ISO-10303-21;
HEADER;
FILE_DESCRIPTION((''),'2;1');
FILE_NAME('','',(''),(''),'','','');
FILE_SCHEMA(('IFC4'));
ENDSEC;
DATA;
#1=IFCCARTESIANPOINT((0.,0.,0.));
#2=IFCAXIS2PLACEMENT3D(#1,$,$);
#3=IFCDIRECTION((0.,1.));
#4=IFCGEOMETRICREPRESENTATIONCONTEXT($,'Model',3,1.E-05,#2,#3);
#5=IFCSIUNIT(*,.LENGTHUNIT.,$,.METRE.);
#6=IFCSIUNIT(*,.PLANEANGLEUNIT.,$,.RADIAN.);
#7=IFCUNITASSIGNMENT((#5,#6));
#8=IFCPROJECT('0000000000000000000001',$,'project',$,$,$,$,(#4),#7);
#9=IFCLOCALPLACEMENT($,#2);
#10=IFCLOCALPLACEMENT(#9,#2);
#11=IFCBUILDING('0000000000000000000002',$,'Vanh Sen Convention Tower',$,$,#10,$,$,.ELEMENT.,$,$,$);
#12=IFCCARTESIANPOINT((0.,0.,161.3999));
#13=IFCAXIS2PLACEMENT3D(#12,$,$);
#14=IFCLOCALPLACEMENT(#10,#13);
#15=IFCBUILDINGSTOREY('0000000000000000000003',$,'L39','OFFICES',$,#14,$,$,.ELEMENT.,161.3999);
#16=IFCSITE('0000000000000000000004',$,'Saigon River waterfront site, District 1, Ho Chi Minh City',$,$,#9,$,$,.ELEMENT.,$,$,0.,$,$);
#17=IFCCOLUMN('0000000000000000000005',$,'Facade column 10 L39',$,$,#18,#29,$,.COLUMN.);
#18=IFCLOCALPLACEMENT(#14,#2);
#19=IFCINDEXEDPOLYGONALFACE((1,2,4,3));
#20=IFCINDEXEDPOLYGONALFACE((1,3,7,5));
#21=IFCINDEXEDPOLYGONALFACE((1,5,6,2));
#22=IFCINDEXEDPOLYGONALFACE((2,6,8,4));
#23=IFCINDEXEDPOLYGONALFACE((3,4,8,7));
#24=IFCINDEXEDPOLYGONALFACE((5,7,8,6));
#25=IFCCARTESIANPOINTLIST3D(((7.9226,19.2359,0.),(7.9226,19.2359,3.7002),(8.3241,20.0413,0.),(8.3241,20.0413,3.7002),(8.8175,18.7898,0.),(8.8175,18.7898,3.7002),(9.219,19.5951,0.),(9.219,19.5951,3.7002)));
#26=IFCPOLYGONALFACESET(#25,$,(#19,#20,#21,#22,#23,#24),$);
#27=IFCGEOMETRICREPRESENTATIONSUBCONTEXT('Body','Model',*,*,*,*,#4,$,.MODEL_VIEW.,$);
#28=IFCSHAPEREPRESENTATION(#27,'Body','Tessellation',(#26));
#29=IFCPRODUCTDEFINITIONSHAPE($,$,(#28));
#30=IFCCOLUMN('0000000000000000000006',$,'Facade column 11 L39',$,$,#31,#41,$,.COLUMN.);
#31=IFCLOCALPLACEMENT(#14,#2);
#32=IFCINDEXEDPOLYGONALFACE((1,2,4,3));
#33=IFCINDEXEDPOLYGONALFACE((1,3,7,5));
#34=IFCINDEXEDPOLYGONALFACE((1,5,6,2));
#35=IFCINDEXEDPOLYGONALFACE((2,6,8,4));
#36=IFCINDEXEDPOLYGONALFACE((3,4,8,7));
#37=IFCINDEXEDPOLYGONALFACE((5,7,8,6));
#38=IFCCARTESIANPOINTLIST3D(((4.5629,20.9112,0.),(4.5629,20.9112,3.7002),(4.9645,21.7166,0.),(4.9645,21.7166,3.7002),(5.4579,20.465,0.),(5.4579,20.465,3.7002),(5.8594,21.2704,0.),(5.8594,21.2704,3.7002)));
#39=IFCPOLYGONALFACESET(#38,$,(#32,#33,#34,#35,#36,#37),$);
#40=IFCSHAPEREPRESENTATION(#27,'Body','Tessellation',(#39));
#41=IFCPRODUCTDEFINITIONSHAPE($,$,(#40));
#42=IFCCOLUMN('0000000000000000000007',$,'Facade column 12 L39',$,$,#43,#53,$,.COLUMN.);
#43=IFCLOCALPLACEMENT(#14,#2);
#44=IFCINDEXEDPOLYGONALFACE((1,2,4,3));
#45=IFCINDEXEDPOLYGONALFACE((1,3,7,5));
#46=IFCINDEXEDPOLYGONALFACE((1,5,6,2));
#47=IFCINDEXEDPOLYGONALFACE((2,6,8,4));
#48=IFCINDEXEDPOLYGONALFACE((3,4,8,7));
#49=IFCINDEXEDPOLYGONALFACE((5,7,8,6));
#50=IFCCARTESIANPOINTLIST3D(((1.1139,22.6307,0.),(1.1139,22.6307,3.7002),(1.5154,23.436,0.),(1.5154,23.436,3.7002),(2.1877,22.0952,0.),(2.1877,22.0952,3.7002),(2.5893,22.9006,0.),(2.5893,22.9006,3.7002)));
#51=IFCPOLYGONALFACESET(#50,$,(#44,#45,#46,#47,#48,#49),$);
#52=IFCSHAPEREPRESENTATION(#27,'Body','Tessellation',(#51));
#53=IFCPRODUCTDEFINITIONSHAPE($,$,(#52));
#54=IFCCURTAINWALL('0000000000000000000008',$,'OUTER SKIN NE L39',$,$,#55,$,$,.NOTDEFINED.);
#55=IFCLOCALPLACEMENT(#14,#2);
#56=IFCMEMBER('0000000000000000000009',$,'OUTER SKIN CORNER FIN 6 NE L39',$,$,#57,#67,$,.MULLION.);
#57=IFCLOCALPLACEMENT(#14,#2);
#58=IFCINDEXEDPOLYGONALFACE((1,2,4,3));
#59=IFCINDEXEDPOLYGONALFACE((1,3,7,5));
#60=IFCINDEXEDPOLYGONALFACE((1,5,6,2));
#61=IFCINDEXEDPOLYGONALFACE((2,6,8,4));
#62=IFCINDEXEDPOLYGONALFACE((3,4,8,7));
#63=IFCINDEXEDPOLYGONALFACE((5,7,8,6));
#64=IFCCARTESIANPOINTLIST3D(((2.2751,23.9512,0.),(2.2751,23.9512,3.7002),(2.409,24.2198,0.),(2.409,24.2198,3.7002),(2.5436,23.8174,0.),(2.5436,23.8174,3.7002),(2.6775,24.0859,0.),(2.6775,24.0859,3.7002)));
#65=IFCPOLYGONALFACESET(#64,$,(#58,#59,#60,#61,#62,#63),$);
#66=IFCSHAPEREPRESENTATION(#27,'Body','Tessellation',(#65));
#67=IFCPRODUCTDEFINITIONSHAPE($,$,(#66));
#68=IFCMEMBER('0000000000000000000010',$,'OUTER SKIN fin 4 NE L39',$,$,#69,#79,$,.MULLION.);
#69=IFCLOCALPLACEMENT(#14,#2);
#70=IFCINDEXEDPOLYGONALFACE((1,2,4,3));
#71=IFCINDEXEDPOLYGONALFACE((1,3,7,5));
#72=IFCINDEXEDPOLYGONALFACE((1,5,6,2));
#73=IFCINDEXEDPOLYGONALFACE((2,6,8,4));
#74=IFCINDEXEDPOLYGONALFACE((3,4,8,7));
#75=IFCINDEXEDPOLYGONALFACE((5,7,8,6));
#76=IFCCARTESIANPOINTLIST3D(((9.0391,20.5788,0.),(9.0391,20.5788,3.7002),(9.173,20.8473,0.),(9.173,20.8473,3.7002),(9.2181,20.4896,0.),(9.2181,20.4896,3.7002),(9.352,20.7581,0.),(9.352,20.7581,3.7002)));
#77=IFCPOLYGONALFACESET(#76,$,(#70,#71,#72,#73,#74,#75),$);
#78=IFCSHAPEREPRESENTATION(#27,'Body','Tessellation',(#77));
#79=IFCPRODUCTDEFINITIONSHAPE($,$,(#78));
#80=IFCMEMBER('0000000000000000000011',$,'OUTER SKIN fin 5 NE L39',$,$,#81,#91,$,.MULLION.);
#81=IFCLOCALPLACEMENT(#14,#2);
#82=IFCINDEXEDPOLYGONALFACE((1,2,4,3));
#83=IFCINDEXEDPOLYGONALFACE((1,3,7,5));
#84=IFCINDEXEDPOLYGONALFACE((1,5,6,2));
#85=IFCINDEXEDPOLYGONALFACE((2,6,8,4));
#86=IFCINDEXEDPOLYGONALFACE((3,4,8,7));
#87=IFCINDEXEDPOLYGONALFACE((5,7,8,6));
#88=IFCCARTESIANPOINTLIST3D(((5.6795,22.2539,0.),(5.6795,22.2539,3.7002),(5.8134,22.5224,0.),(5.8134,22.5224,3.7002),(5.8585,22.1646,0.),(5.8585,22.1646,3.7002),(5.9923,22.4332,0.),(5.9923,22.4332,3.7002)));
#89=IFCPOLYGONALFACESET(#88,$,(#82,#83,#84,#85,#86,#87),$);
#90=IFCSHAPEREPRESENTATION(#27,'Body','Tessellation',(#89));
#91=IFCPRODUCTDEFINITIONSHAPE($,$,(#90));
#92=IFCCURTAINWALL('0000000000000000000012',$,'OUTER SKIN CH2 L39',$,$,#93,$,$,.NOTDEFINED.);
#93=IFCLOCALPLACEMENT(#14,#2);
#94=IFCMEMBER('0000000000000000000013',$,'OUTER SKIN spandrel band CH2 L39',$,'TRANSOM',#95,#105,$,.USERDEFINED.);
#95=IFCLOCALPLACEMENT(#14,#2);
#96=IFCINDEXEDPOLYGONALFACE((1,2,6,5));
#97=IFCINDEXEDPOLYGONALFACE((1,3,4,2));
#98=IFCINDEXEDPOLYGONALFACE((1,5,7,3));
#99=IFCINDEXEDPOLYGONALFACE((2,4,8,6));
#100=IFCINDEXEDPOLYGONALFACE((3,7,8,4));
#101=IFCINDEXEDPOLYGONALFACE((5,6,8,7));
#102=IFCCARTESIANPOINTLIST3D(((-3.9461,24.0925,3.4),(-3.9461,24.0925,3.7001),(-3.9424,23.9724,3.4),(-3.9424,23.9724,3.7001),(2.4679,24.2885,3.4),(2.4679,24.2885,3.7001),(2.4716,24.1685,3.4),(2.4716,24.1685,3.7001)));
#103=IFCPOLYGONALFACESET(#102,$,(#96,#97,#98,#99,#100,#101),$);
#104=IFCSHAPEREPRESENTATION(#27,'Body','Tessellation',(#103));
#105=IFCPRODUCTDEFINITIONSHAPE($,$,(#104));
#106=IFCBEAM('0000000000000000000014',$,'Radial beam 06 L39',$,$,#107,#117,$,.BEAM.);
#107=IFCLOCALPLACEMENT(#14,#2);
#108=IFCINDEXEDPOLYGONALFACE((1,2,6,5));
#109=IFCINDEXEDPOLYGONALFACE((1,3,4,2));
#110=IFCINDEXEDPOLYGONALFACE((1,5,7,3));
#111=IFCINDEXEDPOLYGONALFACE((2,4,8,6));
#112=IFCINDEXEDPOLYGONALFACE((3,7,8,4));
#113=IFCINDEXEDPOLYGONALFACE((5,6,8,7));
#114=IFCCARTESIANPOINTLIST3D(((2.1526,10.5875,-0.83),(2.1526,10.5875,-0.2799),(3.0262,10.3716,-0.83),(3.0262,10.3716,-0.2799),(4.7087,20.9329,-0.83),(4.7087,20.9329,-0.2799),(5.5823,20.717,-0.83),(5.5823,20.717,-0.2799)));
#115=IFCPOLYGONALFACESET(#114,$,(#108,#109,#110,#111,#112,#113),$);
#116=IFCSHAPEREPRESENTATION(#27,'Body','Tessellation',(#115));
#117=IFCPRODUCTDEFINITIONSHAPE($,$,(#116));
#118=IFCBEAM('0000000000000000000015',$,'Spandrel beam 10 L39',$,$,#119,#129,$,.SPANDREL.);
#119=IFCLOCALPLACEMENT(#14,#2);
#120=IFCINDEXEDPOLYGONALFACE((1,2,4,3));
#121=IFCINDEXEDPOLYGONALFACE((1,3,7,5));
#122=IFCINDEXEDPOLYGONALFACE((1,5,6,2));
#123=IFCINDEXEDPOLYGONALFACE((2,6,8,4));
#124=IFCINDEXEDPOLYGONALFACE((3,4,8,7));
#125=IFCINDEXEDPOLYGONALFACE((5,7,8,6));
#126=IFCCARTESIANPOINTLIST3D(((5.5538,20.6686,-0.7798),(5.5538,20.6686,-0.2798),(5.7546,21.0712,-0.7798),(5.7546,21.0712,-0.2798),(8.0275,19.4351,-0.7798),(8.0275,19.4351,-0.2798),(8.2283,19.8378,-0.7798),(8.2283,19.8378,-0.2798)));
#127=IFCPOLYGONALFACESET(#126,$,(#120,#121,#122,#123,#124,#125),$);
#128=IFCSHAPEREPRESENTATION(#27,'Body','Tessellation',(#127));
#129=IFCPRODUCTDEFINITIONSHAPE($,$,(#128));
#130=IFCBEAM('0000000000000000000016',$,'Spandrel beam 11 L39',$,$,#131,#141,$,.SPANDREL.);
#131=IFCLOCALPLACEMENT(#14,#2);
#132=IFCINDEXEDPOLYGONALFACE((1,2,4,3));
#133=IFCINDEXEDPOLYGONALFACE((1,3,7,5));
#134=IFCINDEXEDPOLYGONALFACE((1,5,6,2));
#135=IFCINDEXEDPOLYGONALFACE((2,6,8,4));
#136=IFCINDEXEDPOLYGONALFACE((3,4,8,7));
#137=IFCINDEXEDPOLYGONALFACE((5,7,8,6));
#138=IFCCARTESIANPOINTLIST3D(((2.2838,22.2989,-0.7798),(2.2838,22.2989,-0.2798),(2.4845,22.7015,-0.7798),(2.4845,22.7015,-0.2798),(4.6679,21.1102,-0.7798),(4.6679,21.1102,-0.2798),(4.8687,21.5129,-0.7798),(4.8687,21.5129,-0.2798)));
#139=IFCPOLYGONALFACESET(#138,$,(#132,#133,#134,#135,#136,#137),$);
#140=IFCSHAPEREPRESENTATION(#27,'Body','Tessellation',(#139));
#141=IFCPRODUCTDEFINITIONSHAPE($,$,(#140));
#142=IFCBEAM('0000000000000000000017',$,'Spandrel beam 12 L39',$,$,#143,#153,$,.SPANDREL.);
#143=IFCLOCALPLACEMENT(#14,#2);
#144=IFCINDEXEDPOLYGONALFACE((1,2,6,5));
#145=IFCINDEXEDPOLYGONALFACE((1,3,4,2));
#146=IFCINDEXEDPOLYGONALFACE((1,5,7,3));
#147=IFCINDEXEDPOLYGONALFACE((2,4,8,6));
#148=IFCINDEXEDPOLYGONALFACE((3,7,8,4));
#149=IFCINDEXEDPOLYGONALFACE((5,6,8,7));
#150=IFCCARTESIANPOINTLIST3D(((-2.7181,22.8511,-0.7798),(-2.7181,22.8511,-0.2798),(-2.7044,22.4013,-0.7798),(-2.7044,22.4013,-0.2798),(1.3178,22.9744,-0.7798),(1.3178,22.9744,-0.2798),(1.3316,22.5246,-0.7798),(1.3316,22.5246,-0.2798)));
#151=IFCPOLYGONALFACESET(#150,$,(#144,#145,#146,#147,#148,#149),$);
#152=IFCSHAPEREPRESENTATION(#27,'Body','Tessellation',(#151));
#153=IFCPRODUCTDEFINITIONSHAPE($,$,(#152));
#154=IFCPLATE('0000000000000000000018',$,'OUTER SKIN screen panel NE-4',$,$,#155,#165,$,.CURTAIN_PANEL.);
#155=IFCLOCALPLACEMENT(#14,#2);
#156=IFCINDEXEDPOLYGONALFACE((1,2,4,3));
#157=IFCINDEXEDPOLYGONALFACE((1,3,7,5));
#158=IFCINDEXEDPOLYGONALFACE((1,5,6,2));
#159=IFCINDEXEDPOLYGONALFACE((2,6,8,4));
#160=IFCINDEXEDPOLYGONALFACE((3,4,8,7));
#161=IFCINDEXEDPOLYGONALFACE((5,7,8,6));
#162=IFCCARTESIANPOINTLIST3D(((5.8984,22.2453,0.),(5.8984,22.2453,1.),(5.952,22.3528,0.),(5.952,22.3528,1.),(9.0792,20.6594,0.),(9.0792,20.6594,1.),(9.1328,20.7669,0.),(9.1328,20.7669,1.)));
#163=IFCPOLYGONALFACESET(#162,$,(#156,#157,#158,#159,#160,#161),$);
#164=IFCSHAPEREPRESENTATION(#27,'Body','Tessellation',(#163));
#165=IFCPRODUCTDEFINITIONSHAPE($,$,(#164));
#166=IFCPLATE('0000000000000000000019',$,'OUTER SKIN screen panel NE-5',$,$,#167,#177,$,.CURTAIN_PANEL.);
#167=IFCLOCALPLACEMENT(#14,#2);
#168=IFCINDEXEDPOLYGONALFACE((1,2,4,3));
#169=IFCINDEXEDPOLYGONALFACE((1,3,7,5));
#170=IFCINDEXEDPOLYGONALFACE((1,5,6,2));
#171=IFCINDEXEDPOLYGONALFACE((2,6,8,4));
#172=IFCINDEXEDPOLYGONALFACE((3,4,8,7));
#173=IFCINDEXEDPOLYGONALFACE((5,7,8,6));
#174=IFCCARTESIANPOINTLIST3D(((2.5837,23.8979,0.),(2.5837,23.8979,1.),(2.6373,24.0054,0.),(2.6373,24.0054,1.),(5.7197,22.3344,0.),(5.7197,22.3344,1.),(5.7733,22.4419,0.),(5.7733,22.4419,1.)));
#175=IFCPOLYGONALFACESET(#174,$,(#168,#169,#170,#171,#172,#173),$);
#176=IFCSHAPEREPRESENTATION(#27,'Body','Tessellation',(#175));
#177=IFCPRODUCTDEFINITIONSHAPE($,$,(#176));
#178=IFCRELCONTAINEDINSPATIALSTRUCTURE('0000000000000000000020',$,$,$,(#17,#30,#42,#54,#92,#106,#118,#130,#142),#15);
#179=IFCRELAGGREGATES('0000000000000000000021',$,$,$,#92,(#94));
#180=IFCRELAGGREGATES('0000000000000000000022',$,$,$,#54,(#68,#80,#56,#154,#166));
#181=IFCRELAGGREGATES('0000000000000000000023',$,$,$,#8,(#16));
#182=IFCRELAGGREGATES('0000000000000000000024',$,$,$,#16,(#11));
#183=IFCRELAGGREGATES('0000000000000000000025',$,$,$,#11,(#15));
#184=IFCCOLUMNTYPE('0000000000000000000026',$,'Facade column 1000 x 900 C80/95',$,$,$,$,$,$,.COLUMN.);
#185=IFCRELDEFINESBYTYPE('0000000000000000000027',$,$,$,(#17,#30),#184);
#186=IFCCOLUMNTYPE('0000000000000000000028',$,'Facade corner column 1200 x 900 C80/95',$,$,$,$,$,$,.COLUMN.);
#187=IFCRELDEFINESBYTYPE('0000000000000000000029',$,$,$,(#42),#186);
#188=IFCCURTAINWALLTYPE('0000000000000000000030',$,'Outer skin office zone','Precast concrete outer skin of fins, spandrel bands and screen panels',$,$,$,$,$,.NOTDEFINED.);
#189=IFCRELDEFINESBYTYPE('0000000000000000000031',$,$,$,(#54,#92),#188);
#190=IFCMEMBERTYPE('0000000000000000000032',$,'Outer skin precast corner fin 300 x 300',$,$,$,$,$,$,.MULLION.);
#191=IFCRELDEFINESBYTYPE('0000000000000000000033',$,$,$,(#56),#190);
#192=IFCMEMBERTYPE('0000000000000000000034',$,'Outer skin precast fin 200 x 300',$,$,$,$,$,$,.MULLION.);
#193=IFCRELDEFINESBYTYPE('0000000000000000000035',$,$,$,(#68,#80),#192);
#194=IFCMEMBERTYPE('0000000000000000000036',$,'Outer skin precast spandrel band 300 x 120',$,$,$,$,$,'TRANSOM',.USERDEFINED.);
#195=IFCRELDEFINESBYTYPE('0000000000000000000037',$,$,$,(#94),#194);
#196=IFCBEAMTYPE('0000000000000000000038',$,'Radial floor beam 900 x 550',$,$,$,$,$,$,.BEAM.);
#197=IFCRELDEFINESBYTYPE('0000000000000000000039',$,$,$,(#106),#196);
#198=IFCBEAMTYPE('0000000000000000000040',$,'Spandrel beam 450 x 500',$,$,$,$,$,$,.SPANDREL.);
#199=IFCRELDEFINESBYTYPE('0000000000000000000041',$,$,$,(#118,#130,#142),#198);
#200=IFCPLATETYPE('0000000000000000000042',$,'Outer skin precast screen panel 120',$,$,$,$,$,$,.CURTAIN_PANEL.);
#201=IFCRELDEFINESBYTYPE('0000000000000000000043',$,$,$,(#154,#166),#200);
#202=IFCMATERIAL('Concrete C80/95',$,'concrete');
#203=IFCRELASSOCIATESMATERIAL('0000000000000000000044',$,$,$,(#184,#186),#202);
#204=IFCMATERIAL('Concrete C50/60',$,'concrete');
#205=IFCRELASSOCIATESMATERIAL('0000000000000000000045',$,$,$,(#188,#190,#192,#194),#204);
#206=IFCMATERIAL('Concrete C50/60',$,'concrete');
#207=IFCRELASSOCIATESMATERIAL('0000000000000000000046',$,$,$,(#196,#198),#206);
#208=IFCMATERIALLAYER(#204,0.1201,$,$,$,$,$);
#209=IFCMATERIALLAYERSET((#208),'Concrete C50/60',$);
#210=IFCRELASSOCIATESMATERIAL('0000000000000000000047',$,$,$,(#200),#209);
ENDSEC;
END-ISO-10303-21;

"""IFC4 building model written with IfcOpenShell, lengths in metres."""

from ifc_helpers import new_model, si_unit, direction, frame, origin, origin_2d, place, context, subcontext, project, spatial, rectangle, extrude, material, layer, layer_set, material_profile, profile_set, type_object, element, aggregate, save


model = new_model("IFC4")

# Units and contexts
model_context = context("Model", 3, precision=1e-05, world=origin(), true_north=direction((0.0, 1.0)))
body_context = subcontext(model_context, "Body", "Model", "MODEL_VIEW")
ifc_project = project(units=[si_unit("LENGTHUNIT", "METRE"), si_unit("PLANEANGLEUNIT", "RADIAN")], contexts=[model_context])

# Site, building, storey
site_placement = place(None, origin())
site = spatial("IfcSite", under=ifc_project, at=site_placement, Name="Saigon River waterfront site, District 1, Ho Chi Minh City", CompositionType="ELEMENT", RefElevation=0.0)
building_placement = place(site_placement, origin())
building = spatial("IfcBuilding", under=site, at=building_placement, Name="Vanh Sen Convention Tower", CompositionType="ELEMENT")
storey_placement = place(building_placement, frame((0.0, 0.0, 161.3999)))
storey = spatial("IfcBuildingStorey", under=building, at=storey_placement, Name="L39", Description="OFFICES", CompositionType="ELEMENT", Elevation=161.3999)

# Columns
ifc_material_1 = material(Name="Concrete C80/95", Category="concrete")
ifc_material_profile_1 = material_profile(ifc_material_1, rectangle(XDim=1.0, YDim=0.8999, at=origin_2d()), Name="RC 1000X900")
ifc_profile_set_1 = profile_set([ifc_material_profile_1], Name="Concrete C80/95")
column_type_1 = type_object("IfcColumnType", Name="Facade column 1000 x 900 C80/95", PredefinedType="COLUMN", material=ifc_profile_set_1)
for number, where, z_axis, x_axis, name in (
    (1, (8.5708, 19.4155, 0.0), (0.0, 0.0, 1.0), (-0.894934, 0.446198, 0.0), "Facade column 10 L39"),
    (2, (5.2112, 21.0908, 0.0), (0.0, 0.0, 1.0), (-0.894934, 0.446198, 0.0), "Facade column 11 L39"),
):
    element("IfcColumn", number, at=place(storey_placement, frame(where, z_axis=z_axis, x_axis=x_axis)), inside=storey, type_object=column_type_1, Name=name, PredefinedType="COLUMN", context=body_context, shape_type="SweptSolid", body=[
        extrude(rectangle(XDim=1.0, YDim=0.8999, at=origin_2d()), origin(), (0.0, 0.0, 1.0), 3.7002),
    ])
ifc_material_profile_2 = material_profile(ifc_material_1, rectangle(XDim=1.2, YDim=0.8999, at=origin_2d()), Name="RC 1200X900")
ifc_profile_set_2 = profile_set([ifc_material_profile_2], Name="Concrete C80/95")
column_type_2 = type_object("IfcColumnType", Name="Facade corner column 1200 x 900 C80/95", PredefinedType="COLUMN", material=ifc_profile_set_2)
column_placement = place(storey_placement, frame((1.8516, 22.7656, 0.0), z_axis=(0.0, 0.0, 1.0), x_axis=(-0.894934, 0.446198, 0.0)))
element("IfcColumn", 3, at=column_placement, inside=storey, type_object=column_type_2, Name="Facade column 12 L39", PredefinedType="COLUMN", context=body_context, shape_type="SweptSolid", body=[
    extrude(rectangle(XDim=1.2, YDim=0.8999, at=origin_2d()), origin(), (0.0, 0.0, 1.0), 3.7002),
])

# Curtain wall, members
ifc_material_2 = material(Name="Concrete C50/60", Category="concrete")
curtain_wall_type = type_object("IfcCurtainWallType", Name="Outer skin office zone", Description="Precast concrete outer skin of fins, spandrel bands and screen panels", PredefinedType="NOTDEFINED", material=ifc_material_2)
curtain_wall_1_placement = place(storey_placement, origin())
curtain_wall_1 = element("IfcCurtainWall", 4, at=curtain_wall_1_placement, inside=storey, type_object=curtain_wall_type, Name="OUTER SKIN NE L39", PredefinedType="NOTDEFINED")
ifc_material_profile_3 = material_profile(ifc_material_2, rectangle(XDim=0.3, YDim=0.3, at=origin_2d()), Name="Outer skin precast corner fin 300 x 300")
ifc_profile_set_3 = profile_set([ifc_material_profile_3], Name="Concrete C50/60")
member_type_1 = type_object("IfcMemberType", Name="Outer skin precast corner fin 300 x 300", PredefinedType="MULLION", material=ifc_profile_set_3)
member_1_placement = place(storey_placement, frame((2.4763, 24.0186, 0.0), z_axis=(0.0, 0.0, 1.0), x_axis=(-0.894934, 0.446198, 0.0)))
member_1 = element("IfcMember", 5, at=member_1_placement, type_object=member_type_1, Name="OUTER SKIN CORNER FIN 6 NE L39", PredefinedType="MULLION", context=body_context, shape_type="SweptSolid", body=[
    extrude(rectangle(XDim=0.3, YDim=0.3, at=origin_2d()), origin(), (0.0, 0.0, 1.0), 3.7002),
])
ifc_material_profile_4 = material_profile(ifc_material_2, rectangle(XDim=0.2, YDim=0.3, at=origin_2d()), Name="Outer skin precast fin 200 x 300")
ifc_profile_set_4 = profile_set([ifc_material_profile_4], Name="Concrete C50/60")
member_type_2 = type_object("IfcMemberType", Name="Outer skin precast fin 200 x 300", PredefinedType="MULLION", material=ifc_profile_set_4)
member_2_placement = place(storey_placement, frame((9.1956, 20.6685, 0.0), z_axis=(0.0, 0.0, 1.0), x_axis=(-0.894934, 0.446198, 0.0)))
member_2 = element("IfcMember", 6, at=member_2_placement, type_object=member_type_2, Name="OUTER SKIN fin 4 NE L39", PredefinedType="MULLION", context=body_context, shape_type="SweptSolid", body=[
    extrude(rectangle(XDim=0.2, YDim=0.3, at=origin_2d()), origin(), (0.0, 0.0, 1.0), 3.7002),
])
member_3_placement = place(storey_placement, frame((5.8359, 22.3435, 0.0), z_axis=(0.0, 0.0, 1.0), x_axis=(-0.894934, 0.446198, 0.0)))
member_3 = element("IfcMember", 7, at=member_3_placement, type_object=member_type_2, Name="OUTER SKIN fin 5 NE L39", PredefinedType="MULLION", context=body_context, shape_type="SweptSolid", body=[
    extrude(rectangle(XDim=0.2, YDim=0.3, at=origin_2d()), origin(), (0.0, 0.0, 1.0), 3.7002),
])

# Curtain wall, member
curtain_wall_2_placement = place(storey_placement, origin())
curtain_wall_2 = element("IfcCurtainWall", 8, at=curtain_wall_2_placement, inside=storey, type_object=curtain_wall_type, Name="OUTER SKIN CH2 L39", PredefinedType="NOTDEFINED")
ifc_material_profile_5 = material_profile(ifc_material_2, rectangle(XDim=0.1201, YDim=0.3, at=origin_2d()), Name="Outer skin precast spandrel band 300 x 120")
ifc_profile_set_5 = profile_set([ifc_material_profile_5], Name="Concrete C50/60")
member_type_3 = type_object("IfcMemberType", Name="Outer skin precast spandrel band 300 x 120", ElementType="TRANSOM", PredefinedType="USERDEFINED", material=ifc_profile_set_5)
member_4_placement = place(storey_placement, frame((2.4697, 24.2285, 3.55), z_axis=(-0.999533, -0.030551, 0.0), x_axis=(0.030551, -0.999533, 0.0)))
member_4 = element("IfcMember", 9, at=member_4_placement, type_object=member_type_3, Name="OUTER SKIN spandrel band CH2 L39", ObjectType="TRANSOM", PredefinedType="USERDEFINED", context=body_context, shape_type="SweptSolid", body=[
    extrude(rectangle(XDim=0.1201, YDim=0.3, at=origin_2d()), origin(), (0.0, 0.0, 1.0), 6.417),
])
aggregate(curtain_wall_2, [member_4])

# Beams
ifc_material_3 = material(Name="Concrete C50/60", Category="concrete")
ifc_material_profile_6 = material_profile(ifc_material_3, rectangle(XDim=0.8999, YDim=0.55, at=origin_2d()), Name="RC 900X550")
ifc_profile_set_6 = profile_set([ifc_material_profile_6], Name="Concrete C50/60")
beam_type_1 = type_object("IfcBeamType", Name="Radial floor beam 900 x 550", PredefinedType="BEAM", material=ifc_profile_set_6)
beam_1_placement = place(storey_placement, frame((5.1455, 20.825, -0.5549), z_axis=(-0.239866, -0.970806, 0.0), x_axis=(0.970806, -0.239866, 0.0)))
element("IfcBeam", 10, at=beam_1_placement, inside=storey, type_object=beam_type_1, Name="Radial beam 06 L39", PredefinedType="BEAM", context=body_context, shape_type="SweptSolid", body=[
    extrude(rectangle(XDim=0.8999, YDim=0.55, at=origin_2d()), origin(), (0.0, 0.0, 1.0), 10.6565),
])
ifc_material_profile_7 = material_profile(ifc_material_3, rectangle(XDim=0.45, YDim=0.5, at=origin_2d()), Name="RC 450X500")
ifc_profile_set_7 = profile_set([ifc_material_profile_7], Name="Concrete C50/60")
beam_type_2 = type_object("IfcBeamType", Name="Spandrel beam 450 x 500", PredefinedType="SPANDREL", material=ifc_profile_set_7)
beam_2_placement = place(storey_placement, frame((8.1279, 19.6365, -0.5298), z_axis=(-0.894921, 0.446224, 0.0), x_axis=(-0.446224, -0.894921, 0.0)))
element("IfcBeam", 11, at=beam_2_placement, inside=storey, type_object=beam_type_2, Name="Spandrel beam 10 L39", PredefinedType="SPANDREL", context=body_context, shape_type="SweptSolid", body=[
    extrude(rectangle(XDim=0.45, YDim=0.5, at=origin_2d()), origin(), (0.0, 0.0, 1.0), 2.7642),
])
beam_3_placement = place(storey_placement, frame((4.7683, 21.3115, -0.5298), z_axis=(-0.89494, 0.446187, 0.0), x_axis=(-0.446187, -0.89494, 0.0)))
element("IfcBeam", 12, at=beam_3_placement, inside=storey, type_object=beam_type_2, Name="Spandrel beam 11 L39", PredefinedType="SPANDREL", context=body_context, shape_type="SweptSolid", body=[
    extrude(rectangle(XDim=0.45, YDim=0.5, at=origin_2d()), origin(), (0.0, 0.0, 1.0), 2.6641),
])
beam_4_placement = place(storey_placement, frame((1.3247, 22.7495, -0.5298), z_axis=(-0.999534, -0.030534, 0.0), x_axis=(0.030534, -0.999534, 0.0)))
element("IfcBeam", 13, at=beam_4_placement, inside=storey, type_object=beam_type_2, Name="Spandrel beam 12 L39", PredefinedType="SPANDREL", context=body_context, shape_type="SweptSolid", body=[
    extrude(rectangle(XDim=0.45, YDim=0.5, at=origin_2d()), origin(), (0.0, 0.0, 1.0), 4.0378),
])

# Plates
ifc_layer_1 = layer(ifc_material_2, 0.1201)
ifc_layer_set_1 = layer_set([ifc_layer_1], Name="Concrete C50/60")
plate_type = type_object("IfcPlateType", Name="Outer skin precast screen panel 120", PredefinedType="CURTAIN_PANEL", material=ifc_layer_set_1)
plate_1_placement = place(storey_placement, frame((7.5156, 21.5061, 0.0), z_axis=(0.0, 0.0, 1.0), x_axis=(-0.894933, 0.446201, 0.0)))
plate_1 = element("IfcPlate", 14, at=plate_1_placement, type_object=plate_type, Name="OUTER SKIN screen panel NE-4", PredefinedType="CURTAIN_PANEL", context=body_context, shape_type="SweptSolid", body=[
    extrude(rectangle(XDim=3.5542, YDim=0.1201, at=origin_2d()), origin(), (0.0, 0.0, 1.0), 1.0),
])
plate_2_placement = place(storey_placement, frame((4.1785, 23.1699, 0.0), z_axis=(0.0, 0.0, 1.0), x_axis=(-0.894944, 0.446179, 0.0)))
plate_2 = element("IfcPlate", 15, at=plate_2_placement, type_object=plate_type, Name="OUTER SKIN screen panel NE-5", PredefinedType="CURTAIN_PANEL", context=body_context, shape_type="SweptSolid", body=[
    extrude(rectangle(XDim=3.5042, YDim=0.1201, at=origin_2d()), origin(), (0.0, 0.0, 1.0), 1.0),
])
aggregate(curtain_wall_1, [member_2, member_3, member_1, plate_1, plate_2])

save(model, "model.ifc")
